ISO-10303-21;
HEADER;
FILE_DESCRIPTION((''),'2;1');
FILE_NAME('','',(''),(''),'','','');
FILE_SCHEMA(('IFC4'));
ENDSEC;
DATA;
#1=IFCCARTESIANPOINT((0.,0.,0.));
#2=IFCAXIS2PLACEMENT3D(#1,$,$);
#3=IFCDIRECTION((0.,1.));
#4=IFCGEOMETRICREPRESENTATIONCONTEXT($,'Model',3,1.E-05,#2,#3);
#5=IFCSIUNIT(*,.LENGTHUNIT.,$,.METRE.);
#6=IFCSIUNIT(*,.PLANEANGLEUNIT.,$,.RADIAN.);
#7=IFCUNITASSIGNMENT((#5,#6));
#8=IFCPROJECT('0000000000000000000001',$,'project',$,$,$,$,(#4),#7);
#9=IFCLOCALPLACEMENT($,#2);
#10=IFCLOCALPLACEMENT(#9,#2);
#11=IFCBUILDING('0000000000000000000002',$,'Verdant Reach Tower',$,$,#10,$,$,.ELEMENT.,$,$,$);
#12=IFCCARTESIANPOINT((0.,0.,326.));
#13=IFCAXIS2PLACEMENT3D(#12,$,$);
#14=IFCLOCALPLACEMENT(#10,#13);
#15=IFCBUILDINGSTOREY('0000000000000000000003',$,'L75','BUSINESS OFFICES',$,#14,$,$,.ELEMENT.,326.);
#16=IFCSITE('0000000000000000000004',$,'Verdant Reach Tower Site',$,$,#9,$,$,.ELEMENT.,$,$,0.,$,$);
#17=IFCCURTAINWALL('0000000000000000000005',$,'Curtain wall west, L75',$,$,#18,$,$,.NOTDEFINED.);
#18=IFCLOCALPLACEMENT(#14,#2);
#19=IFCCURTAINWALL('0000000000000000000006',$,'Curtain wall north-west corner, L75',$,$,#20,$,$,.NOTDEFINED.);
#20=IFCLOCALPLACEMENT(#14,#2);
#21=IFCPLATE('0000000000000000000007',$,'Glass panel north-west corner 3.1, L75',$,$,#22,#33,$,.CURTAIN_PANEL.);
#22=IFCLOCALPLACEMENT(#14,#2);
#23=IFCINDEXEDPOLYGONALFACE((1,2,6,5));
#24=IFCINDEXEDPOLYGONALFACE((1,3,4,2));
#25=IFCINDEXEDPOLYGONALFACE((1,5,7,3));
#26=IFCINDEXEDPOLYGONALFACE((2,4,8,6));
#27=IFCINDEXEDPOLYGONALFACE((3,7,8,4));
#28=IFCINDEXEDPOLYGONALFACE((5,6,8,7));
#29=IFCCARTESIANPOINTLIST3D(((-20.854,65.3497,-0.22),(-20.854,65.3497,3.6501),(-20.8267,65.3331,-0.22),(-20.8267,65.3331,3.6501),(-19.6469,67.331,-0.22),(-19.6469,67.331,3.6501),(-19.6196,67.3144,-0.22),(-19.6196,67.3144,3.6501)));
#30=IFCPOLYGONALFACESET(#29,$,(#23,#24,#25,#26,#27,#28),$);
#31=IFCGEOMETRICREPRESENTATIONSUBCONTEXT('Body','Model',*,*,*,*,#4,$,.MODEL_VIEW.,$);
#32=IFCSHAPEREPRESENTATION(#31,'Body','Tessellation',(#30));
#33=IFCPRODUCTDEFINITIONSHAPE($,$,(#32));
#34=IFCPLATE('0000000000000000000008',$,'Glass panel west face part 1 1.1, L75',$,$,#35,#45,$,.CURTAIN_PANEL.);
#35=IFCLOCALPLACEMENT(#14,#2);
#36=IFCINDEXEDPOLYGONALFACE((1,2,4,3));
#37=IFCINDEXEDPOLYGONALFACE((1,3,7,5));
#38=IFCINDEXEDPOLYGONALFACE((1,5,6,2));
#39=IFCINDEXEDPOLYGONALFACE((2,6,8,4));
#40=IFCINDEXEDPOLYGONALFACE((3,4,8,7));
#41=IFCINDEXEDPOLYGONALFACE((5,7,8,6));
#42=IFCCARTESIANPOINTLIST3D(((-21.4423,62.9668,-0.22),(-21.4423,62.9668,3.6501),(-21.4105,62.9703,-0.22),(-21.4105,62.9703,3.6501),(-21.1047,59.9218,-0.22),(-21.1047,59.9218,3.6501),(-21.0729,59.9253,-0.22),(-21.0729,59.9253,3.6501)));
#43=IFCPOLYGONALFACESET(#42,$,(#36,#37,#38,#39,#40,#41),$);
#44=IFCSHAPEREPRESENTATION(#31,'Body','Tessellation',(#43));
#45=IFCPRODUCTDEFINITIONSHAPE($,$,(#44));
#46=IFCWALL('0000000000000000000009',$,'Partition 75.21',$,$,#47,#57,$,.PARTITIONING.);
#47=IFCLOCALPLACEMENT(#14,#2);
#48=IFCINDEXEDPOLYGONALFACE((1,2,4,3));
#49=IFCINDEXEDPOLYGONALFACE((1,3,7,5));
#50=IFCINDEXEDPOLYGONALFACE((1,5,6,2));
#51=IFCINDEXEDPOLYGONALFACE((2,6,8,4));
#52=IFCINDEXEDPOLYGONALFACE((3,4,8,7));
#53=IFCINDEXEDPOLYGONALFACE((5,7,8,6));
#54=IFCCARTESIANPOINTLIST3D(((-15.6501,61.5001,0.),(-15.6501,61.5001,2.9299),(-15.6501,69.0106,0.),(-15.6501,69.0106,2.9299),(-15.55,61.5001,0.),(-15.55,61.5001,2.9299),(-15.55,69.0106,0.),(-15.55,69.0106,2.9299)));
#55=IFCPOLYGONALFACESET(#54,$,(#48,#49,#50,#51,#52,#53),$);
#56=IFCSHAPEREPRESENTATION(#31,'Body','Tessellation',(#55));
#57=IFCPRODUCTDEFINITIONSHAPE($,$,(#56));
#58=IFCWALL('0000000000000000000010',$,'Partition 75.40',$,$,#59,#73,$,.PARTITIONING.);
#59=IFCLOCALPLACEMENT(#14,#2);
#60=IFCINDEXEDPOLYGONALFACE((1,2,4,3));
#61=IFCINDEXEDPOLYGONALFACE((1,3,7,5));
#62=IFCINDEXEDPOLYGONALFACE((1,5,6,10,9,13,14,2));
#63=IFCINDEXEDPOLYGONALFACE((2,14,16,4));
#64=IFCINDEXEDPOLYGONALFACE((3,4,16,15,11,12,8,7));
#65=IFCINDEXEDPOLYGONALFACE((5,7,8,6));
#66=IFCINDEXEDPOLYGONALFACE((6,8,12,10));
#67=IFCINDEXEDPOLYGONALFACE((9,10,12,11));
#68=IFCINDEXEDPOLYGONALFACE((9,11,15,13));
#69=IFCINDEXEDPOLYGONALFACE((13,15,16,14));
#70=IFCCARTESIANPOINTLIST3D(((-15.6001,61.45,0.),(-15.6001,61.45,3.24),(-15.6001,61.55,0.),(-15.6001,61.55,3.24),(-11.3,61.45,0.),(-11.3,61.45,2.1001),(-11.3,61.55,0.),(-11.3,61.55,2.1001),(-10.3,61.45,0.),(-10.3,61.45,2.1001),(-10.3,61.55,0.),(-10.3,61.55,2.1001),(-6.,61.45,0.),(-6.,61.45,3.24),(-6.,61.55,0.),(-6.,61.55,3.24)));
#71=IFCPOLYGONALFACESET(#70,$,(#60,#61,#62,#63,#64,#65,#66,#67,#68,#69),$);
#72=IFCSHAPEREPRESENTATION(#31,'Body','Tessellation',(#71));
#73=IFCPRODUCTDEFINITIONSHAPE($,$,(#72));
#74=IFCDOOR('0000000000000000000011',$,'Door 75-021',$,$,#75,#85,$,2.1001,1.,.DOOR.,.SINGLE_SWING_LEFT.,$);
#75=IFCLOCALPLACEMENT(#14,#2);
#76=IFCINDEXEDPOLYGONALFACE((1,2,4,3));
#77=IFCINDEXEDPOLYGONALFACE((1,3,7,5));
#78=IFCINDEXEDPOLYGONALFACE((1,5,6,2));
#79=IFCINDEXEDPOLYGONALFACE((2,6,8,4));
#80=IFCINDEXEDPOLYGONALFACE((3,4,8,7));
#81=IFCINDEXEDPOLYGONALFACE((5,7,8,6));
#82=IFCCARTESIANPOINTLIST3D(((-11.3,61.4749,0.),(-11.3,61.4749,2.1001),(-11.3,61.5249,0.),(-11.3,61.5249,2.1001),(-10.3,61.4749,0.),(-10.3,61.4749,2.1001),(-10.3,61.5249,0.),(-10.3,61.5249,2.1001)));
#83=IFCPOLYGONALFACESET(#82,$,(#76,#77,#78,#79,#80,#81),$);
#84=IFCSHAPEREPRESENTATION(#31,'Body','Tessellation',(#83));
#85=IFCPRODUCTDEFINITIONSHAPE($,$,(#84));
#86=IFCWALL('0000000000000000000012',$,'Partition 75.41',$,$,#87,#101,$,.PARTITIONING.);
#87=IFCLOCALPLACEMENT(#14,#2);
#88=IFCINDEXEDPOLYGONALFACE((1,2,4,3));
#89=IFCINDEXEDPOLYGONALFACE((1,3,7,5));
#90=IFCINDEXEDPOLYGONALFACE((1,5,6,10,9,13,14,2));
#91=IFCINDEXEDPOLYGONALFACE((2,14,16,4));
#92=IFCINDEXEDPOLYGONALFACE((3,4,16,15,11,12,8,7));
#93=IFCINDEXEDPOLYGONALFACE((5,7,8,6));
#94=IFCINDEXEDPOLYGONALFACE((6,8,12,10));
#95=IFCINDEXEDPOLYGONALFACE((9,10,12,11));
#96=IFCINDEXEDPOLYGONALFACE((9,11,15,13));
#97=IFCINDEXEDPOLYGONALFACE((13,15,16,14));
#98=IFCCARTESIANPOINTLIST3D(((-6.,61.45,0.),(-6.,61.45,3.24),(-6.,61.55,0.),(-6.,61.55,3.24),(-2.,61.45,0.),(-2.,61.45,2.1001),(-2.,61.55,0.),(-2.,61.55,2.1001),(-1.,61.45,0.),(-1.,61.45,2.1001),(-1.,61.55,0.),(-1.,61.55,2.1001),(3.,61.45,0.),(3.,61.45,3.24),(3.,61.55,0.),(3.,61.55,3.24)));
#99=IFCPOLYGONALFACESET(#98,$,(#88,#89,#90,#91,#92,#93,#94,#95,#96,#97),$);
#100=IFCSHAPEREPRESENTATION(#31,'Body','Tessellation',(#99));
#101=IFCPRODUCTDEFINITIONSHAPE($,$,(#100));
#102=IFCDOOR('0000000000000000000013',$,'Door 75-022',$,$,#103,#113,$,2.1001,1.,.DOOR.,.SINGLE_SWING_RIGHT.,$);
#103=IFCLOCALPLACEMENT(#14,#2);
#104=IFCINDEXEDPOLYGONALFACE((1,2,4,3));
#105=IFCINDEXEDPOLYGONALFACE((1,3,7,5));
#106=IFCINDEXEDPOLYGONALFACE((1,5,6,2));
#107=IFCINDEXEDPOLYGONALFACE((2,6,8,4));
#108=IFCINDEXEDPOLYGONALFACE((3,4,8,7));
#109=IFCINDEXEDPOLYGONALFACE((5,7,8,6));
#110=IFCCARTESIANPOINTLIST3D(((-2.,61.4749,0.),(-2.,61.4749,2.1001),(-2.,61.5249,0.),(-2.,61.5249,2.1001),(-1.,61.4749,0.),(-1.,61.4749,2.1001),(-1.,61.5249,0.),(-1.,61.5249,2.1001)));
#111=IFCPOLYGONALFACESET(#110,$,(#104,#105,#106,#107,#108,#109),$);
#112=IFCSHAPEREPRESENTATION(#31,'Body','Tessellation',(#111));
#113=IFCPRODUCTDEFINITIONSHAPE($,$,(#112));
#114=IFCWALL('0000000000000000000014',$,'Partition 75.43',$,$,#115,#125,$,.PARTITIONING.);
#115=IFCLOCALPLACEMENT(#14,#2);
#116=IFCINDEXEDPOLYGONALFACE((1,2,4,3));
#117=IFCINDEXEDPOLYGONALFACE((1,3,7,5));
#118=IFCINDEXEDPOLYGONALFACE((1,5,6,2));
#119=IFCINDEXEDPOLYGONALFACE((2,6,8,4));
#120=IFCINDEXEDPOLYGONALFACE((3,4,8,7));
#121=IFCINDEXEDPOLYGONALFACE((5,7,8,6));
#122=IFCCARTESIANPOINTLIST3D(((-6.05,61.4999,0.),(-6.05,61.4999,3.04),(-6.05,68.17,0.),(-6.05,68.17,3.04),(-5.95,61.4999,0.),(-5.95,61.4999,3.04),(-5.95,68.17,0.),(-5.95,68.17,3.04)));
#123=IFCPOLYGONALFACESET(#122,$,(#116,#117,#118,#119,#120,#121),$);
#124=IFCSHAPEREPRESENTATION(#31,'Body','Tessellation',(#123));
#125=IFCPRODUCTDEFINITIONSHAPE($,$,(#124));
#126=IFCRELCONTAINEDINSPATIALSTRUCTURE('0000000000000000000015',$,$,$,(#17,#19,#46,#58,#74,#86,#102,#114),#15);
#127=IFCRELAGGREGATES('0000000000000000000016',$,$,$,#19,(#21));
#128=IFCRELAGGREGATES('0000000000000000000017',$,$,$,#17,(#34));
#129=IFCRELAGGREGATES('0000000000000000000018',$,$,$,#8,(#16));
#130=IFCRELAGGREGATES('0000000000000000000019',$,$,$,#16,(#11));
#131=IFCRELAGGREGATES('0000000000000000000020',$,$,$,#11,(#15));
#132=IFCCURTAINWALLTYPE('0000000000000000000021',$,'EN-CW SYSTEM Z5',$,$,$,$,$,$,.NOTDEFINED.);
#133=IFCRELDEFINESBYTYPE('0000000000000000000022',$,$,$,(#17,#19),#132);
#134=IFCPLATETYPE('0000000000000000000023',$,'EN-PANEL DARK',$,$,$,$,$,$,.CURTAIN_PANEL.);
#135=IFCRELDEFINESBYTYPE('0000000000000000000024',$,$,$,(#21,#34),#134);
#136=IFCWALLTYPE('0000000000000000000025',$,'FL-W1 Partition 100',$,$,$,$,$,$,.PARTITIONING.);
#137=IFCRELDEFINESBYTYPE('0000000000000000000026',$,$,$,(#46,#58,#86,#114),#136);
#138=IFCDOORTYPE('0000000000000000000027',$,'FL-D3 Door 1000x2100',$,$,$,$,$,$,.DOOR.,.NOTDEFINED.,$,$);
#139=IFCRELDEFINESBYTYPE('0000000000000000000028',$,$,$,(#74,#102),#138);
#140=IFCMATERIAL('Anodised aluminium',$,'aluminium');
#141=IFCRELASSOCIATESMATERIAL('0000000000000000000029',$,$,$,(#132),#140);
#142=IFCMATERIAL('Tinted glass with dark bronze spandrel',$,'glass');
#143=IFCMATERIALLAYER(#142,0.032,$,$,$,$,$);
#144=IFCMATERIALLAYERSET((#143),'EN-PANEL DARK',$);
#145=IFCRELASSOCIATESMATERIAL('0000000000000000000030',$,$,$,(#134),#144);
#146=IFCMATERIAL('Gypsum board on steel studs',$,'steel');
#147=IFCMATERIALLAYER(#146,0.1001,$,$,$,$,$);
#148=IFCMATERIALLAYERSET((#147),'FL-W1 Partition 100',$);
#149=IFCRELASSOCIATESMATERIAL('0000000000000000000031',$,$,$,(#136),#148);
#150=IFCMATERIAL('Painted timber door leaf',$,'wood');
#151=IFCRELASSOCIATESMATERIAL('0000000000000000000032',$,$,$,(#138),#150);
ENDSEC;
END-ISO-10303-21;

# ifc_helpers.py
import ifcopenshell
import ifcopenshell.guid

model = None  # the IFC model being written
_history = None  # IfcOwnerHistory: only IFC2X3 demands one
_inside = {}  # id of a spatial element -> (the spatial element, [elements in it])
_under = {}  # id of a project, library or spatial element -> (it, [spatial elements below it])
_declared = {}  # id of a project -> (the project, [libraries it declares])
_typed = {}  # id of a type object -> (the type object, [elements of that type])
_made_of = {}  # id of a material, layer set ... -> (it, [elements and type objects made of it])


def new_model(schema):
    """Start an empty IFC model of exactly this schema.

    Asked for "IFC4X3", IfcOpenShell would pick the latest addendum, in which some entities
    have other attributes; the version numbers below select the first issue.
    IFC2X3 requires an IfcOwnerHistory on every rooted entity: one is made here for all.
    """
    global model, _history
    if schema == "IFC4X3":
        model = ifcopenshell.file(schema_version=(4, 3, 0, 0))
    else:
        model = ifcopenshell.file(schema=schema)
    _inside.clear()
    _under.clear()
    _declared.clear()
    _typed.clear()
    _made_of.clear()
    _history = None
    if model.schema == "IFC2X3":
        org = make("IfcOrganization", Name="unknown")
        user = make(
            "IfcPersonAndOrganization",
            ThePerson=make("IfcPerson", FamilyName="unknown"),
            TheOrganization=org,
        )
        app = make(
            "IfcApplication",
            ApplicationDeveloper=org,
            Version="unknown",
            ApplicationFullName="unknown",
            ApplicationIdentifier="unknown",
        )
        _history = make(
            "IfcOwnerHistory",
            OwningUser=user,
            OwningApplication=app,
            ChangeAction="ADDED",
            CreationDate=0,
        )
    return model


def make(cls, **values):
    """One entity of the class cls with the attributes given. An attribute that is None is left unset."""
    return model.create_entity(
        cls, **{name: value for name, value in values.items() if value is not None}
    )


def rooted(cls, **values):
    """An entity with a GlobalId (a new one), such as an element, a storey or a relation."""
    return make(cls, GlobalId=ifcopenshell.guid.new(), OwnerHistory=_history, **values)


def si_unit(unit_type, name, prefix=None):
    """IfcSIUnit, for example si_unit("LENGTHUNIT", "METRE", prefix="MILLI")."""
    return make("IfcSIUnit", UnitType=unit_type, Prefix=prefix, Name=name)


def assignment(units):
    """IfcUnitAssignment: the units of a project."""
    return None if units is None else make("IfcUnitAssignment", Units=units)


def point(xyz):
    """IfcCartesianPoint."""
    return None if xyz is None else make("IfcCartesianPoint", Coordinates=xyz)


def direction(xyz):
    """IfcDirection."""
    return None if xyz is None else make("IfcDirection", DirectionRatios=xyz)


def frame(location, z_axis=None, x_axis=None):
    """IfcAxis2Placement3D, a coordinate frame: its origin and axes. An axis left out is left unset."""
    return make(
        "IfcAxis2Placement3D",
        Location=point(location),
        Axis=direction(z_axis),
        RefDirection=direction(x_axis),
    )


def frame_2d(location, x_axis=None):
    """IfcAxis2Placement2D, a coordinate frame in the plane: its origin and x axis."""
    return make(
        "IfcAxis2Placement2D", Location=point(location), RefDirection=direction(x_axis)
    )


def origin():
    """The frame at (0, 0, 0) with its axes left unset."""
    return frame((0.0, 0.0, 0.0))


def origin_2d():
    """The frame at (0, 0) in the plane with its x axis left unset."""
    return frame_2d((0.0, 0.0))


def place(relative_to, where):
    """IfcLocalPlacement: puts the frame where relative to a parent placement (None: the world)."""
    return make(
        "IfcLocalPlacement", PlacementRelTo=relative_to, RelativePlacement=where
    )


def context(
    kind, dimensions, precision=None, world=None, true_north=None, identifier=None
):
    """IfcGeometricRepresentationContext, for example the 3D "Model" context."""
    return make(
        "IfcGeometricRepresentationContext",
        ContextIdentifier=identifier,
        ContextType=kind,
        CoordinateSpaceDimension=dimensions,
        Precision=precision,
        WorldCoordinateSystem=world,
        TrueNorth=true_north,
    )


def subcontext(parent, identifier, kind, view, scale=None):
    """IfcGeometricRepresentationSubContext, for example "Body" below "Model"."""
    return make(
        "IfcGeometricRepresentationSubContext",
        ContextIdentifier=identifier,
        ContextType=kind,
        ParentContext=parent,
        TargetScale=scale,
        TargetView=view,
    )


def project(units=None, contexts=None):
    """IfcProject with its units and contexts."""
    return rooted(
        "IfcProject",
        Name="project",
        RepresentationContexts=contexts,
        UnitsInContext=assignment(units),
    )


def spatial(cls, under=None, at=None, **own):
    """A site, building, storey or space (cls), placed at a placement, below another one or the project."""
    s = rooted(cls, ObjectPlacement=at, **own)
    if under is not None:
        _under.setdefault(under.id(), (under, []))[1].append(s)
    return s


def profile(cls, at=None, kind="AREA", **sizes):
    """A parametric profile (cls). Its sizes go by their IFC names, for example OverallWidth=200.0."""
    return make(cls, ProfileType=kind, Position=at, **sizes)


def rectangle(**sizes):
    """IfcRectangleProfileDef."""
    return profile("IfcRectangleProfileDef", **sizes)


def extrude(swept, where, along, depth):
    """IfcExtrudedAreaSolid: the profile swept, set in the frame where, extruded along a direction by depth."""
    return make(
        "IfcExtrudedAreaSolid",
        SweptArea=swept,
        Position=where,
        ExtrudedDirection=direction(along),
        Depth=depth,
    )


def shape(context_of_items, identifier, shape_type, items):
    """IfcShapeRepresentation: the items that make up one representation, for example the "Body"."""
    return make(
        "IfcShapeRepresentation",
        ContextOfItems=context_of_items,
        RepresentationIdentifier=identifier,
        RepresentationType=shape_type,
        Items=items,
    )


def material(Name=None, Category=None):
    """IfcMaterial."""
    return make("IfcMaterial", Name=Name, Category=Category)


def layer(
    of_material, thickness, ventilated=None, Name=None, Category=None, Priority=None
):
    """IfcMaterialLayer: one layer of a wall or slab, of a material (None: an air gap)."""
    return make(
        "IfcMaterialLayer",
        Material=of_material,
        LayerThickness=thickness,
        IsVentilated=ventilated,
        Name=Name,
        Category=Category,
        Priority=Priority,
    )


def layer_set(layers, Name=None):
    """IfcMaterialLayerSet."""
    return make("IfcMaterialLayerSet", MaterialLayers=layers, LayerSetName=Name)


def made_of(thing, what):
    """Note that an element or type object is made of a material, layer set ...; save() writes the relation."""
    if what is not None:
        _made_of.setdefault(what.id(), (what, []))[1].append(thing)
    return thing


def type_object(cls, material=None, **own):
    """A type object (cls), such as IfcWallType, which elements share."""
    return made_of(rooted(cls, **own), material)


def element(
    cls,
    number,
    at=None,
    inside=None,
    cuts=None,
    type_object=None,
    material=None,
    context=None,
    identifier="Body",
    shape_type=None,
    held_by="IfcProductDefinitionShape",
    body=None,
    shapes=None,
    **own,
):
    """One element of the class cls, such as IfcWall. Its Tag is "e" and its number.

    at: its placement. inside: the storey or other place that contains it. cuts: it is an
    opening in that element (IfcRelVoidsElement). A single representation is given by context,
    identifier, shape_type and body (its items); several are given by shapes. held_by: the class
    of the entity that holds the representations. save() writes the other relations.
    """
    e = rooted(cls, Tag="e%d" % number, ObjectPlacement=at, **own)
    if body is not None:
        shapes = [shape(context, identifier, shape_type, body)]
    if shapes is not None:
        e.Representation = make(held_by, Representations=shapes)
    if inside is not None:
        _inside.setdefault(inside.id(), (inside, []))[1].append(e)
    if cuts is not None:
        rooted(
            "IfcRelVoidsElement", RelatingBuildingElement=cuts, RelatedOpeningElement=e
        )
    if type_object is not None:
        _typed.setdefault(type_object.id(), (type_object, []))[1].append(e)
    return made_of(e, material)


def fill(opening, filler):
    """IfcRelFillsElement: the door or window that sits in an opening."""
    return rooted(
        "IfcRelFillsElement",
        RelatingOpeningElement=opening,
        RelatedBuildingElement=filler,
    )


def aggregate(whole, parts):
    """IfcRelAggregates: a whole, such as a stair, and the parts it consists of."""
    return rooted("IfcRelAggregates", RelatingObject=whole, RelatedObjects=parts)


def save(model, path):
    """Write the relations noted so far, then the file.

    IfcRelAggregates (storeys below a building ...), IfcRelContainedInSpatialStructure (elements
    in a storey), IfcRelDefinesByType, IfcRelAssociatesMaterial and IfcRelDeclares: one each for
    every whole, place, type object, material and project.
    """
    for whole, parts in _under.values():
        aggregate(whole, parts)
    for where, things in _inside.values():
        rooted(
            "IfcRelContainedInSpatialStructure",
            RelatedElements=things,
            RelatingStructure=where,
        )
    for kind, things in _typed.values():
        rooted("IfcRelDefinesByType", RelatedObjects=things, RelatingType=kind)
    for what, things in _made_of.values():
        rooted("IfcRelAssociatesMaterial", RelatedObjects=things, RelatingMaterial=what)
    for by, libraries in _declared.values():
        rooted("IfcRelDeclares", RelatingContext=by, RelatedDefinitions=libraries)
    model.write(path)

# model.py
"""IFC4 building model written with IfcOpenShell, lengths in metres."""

from ifc_helpers import new_model, si_unit, direction, frame, frame_2d, origin, origin_2d, place, context, subcontext, project, spatial, rectangle, extrude, material, layer, layer_set, type_object, element, fill, aggregate, save


model = new_model("IFC4")

# Units and contexts
model_context = context("Model", 3, precision=1e-05, world=origin(), true_north=direction((0.0, 1.0)))
body_context = subcontext(model_context, "Body", "Model", "MODEL_VIEW")
ifc_project = project(units=[si_unit("LENGTHUNIT", "METRE"), si_unit("PLANEANGLEUNIT", "RADIAN")], contexts=[model_context])

# Site, building, storey
site_placement = place(None, origin())
site = spatial("IfcSite", under=ifc_project, at=site_placement, Name="Verdant Reach Tower Site", CompositionType="ELEMENT", RefElevation=0.0)
building_placement = place(site_placement, origin())
building = spatial("IfcBuilding", under=site, at=building_placement, Name="Verdant Reach Tower", CompositionType="ELEMENT")
storey_placement = place(building_placement, frame((0.0, 0.0, 326.0)))
storey = spatial("IfcBuildingStorey", under=building, at=storey_placement, Name="L75", Description="BUSINESS OFFICES", CompositionType="ELEMENT", Elevation=326.0)

# Curtain wall
ifc_material_1 = material(Name="Anodised aluminium", Category="aluminium")
curtain_wall_type = type_object("IfcCurtainWallType", Name="EN-CW SYSTEM Z5", PredefinedType="NOTDEFINED", material=ifc_material_1)
curtain_wall_1_placement = place(storey_placement, origin())
curtain_wall_1 = element("IfcCurtainWall", 1, at=curtain_wall_1_placement, inside=storey, type_object=curtain_wall_type, Name="Curtain wall west, L75", PredefinedType="NOTDEFINED")

# Curtain wall
curtain_wall_2_placement = place(storey_placement, origin())
curtain_wall_2 = element("IfcCurtainWall", 2, at=curtain_wall_2_placement, inside=storey, type_object=curtain_wall_type, Name="Curtain wall north-west corner, L75", PredefinedType="NOTDEFINED")

# Plates
ifc_material_2 = material(Name="Tinted glass with dark bronze spandrel", Category="glass")
ifc_layer_1 = layer(ifc_material_2, 0.032)
ifc_layer_set_1 = layer_set([ifc_layer_1], Name="EN-PANEL DARK")
plate_type_1 = type_object("IfcPlateType", Name="EN-PANEL DARK", PredefinedType="CURTAIN_PANEL", material=ifc_layer_set_1)
plate_1_placement = place(storey_placement, frame((-20.2368, 66.332, -0.22), z_axis=(0.0, 0.0, 1.0), x_axis=(-0.520292, -0.853989, 0.0)))
plate_1 = element("IfcPlate", 3, at=plate_1_placement, type_object=plate_type_1, Name="Glass panel north-west corner 3.1, L75", PredefinedType="CURTAIN_PANEL", context=body_context, shape_type="SweptSolid", body=[
    extrude(rectangle(XDim=2.3201, YDim=0.032, at=origin_2d()), origin(), (0.0, 0.0, 1.0), 3.8701),
])
aggregate(curtain_wall_2, [plate_1])
plate_2_placement = place(storey_placement, frame((-21.2576, 61.446, -0.22), z_axis=(0.0, 0.0, 1.0), x_axis=(0.110198, -0.99391, 0.0)))
plate_2 = element("IfcPlate", 4, at=plate_2_placement, type_object=plate_type_1, Name="Glass panel west face part 1 1.1, L75", PredefinedType="CURTAIN_PANEL", context=body_context, shape_type="SweptSolid", body=[
    extrude(rectangle(XDim=3.0637, YDim=0.032, at=origin_2d()), origin(), (0.0, 0.0, 1.0), 3.8701),
])
aggregate(curtain_wall_1, [plate_2])

# Wall
ifc_material_3 = material(Name="Gypsum board on steel studs", Category="steel")
ifc_layer_2 = layer(ifc_material_3, 0.1001)
ifc_layer_set_2 = layer_set([ifc_layer_2], Name="FL-W1 Partition 100")
wall_type = type_object("IfcWallType", Name="FL-W1 Partition 100", PredefinedType="PARTITIONING", material=ifc_layer_set_2)
wall_1_placement = place(storey_placement, frame((-15.6001, 61.5, 0.0), z_axis=(0.0, 0.0, 1.0), x_axis=(0.0, 1.0, 0.0)))
element("IfcWall", 5, at=wall_1_placement, inside=storey, type_object=wall_type, Name="Partition 75.21", PredefinedType="PARTITIONING", context=body_context, shape_type="SweptSolid", body=[
    extrude(rectangle(XDim=7.5105, YDim=0.1001, at=frame_2d((3.7554, 0.0))), origin(), (0.0, 0.0, 1.0), 2.9299),
])

# Walls, openings, doors
wall_2_placement = place(storey_placement, frame((-15.6001, 61.5, 0.0), z_axis=(0.0, 0.0, 1.0), x_axis=(1.0, 0.0, 0.0)))
wall_2 = element("IfcWall", 6, at=wall_2_placement, inside=storey, type_object=wall_type, Name="Partition 75.40", PredefinedType="PARTITIONING", context=body_context, shape_type="SweptSolid", body=[
    extrude(rectangle(XDim=9.6001, YDim=0.1001, at=frame_2d((4.8, 0.0))), origin(), (0.0, 0.0, 1.0), 3.24),
])
opening_1_placement = place(wall_2_placement, frame((4.3, 0.0, 0.0)))
opening_1 = element("IfcOpeningElement", 7, at=opening_1_placement, cuts=wall_2, PredefinedType="OPENING", context=body_context, shape_type="SweptSolid", body=[
    extrude(rectangle(XDim=1.0, YDim=2.1001, at=frame_2d((0.5, 1.05))), frame((0.0, 0.0601, 0.0), z_axis=(0.0, -1.0, 0.0), x_axis=(1.0, 0.0, 0.0)), (0.0, 0.0, 1.0), 0.1201),
])
ifc_material_4 = material(Name="Painted timber door leaf", Category="wood")
door_type = type_object("IfcDoorType", Name="FL-D3 Door 1000x2100", OperationType="NOTDEFINED", PredefinedType="DOOR", material=ifc_material_4)
door_1_placement = place(opening_1_placement, origin())
door_1 = element("IfcDoor", 8, at=door_1_placement, inside=storey, type_object=door_type, Name="Door 75-021", OperationType="SINGLE_SWING_LEFT", OverallHeight=2.1001, OverallWidth=1.0, PredefinedType="DOOR", context=body_context, shape_type="SweptSolid", body=[
    extrude(rectangle(XDim=1.0, YDim=2.1001, at=frame_2d((0.5, 1.05))), frame((0.0, 0.0249, 0.0), z_axis=(0.0, -1.0, 0.0), x_axis=(1.0, 0.0, 0.0)), (0.0, 0.0, 1.0), 0.05),
])
fill(opening_1, door_1)
wall_3_placement = place(storey_placement, frame((-6.0, 61.5, 0.0), z_axis=(0.0, 0.0, 1.0), x_axis=(1.0, 0.0, 0.0)))
wall_3 = element("IfcWall", 9, at=wall_3_placement, inside=storey, type_object=wall_type, Name="Partition 75.41", PredefinedType="PARTITIONING", context=body_context, shape_type="SweptSolid", body=[
    extrude(rectangle(XDim=9.0, YDim=0.1001, at=frame_2d((4.5, 0.0))), origin(), (0.0, 0.0, 1.0), 3.24),
])
opening_2_placement = place(wall_3_placement, frame((4.0, 0.0, 0.0)))
opening_2 = element("IfcOpeningElement", 10, at=opening_2_placement, cuts=wall_3, PredefinedType="OPENING", context=body_context, shape_type="SweptSolid", body=[
    extrude(rectangle(XDim=1.0, YDim=2.1001, at=frame_2d((0.5, 1.05))), frame((0.0, 0.0601, 0.0), z_axis=(0.0, -1.0, 0.0), x_axis=(1.0, 0.0, 0.0)), (0.0, 0.0, 1.0), 0.1201),
])
door_2_placement = place(opening_2_placement, origin())
door_2 = element("IfcDoor", 11, at=door_2_placement, inside=storey, type_object=door_type, Name="Door 75-022", OperationType="SINGLE_SWING_RIGHT", OverallHeight=2.1001, OverallWidth=1.0, PredefinedType="DOOR", context=body_context, shape_type="SweptSolid", body=[
    extrude(rectangle(XDim=1.0, YDim=2.1001, at=frame_2d((0.5, 1.05))), frame((0.0, 0.0249, 0.0), z_axis=(0.0, -1.0, 0.0), x_axis=(1.0, 0.0, 0.0)), (0.0, 0.0, 1.0), 0.05),
])
fill(opening_2, door_2)

# Wall
wall_4_placement = place(storey_placement, frame((-6.0, 61.5, 0.0), z_axis=(0.0, 0.0, 1.0), x_axis=(0.0, 1.0, 0.0)))
element("IfcWall", 12, at=wall_4_placement, inside=storey, type_object=wall_type, Name="Partition 75.43", PredefinedType="PARTITIONING", context=body_context, shape_type="SweptSolid", body=[
    extrude(rectangle(XDim=6.6702, YDim=0.1001, at=frame_2d((3.335, 0.0))), origin(), (0.0, 0.0, 1.0), 3.04),
])

save(model, "model.ifc")
